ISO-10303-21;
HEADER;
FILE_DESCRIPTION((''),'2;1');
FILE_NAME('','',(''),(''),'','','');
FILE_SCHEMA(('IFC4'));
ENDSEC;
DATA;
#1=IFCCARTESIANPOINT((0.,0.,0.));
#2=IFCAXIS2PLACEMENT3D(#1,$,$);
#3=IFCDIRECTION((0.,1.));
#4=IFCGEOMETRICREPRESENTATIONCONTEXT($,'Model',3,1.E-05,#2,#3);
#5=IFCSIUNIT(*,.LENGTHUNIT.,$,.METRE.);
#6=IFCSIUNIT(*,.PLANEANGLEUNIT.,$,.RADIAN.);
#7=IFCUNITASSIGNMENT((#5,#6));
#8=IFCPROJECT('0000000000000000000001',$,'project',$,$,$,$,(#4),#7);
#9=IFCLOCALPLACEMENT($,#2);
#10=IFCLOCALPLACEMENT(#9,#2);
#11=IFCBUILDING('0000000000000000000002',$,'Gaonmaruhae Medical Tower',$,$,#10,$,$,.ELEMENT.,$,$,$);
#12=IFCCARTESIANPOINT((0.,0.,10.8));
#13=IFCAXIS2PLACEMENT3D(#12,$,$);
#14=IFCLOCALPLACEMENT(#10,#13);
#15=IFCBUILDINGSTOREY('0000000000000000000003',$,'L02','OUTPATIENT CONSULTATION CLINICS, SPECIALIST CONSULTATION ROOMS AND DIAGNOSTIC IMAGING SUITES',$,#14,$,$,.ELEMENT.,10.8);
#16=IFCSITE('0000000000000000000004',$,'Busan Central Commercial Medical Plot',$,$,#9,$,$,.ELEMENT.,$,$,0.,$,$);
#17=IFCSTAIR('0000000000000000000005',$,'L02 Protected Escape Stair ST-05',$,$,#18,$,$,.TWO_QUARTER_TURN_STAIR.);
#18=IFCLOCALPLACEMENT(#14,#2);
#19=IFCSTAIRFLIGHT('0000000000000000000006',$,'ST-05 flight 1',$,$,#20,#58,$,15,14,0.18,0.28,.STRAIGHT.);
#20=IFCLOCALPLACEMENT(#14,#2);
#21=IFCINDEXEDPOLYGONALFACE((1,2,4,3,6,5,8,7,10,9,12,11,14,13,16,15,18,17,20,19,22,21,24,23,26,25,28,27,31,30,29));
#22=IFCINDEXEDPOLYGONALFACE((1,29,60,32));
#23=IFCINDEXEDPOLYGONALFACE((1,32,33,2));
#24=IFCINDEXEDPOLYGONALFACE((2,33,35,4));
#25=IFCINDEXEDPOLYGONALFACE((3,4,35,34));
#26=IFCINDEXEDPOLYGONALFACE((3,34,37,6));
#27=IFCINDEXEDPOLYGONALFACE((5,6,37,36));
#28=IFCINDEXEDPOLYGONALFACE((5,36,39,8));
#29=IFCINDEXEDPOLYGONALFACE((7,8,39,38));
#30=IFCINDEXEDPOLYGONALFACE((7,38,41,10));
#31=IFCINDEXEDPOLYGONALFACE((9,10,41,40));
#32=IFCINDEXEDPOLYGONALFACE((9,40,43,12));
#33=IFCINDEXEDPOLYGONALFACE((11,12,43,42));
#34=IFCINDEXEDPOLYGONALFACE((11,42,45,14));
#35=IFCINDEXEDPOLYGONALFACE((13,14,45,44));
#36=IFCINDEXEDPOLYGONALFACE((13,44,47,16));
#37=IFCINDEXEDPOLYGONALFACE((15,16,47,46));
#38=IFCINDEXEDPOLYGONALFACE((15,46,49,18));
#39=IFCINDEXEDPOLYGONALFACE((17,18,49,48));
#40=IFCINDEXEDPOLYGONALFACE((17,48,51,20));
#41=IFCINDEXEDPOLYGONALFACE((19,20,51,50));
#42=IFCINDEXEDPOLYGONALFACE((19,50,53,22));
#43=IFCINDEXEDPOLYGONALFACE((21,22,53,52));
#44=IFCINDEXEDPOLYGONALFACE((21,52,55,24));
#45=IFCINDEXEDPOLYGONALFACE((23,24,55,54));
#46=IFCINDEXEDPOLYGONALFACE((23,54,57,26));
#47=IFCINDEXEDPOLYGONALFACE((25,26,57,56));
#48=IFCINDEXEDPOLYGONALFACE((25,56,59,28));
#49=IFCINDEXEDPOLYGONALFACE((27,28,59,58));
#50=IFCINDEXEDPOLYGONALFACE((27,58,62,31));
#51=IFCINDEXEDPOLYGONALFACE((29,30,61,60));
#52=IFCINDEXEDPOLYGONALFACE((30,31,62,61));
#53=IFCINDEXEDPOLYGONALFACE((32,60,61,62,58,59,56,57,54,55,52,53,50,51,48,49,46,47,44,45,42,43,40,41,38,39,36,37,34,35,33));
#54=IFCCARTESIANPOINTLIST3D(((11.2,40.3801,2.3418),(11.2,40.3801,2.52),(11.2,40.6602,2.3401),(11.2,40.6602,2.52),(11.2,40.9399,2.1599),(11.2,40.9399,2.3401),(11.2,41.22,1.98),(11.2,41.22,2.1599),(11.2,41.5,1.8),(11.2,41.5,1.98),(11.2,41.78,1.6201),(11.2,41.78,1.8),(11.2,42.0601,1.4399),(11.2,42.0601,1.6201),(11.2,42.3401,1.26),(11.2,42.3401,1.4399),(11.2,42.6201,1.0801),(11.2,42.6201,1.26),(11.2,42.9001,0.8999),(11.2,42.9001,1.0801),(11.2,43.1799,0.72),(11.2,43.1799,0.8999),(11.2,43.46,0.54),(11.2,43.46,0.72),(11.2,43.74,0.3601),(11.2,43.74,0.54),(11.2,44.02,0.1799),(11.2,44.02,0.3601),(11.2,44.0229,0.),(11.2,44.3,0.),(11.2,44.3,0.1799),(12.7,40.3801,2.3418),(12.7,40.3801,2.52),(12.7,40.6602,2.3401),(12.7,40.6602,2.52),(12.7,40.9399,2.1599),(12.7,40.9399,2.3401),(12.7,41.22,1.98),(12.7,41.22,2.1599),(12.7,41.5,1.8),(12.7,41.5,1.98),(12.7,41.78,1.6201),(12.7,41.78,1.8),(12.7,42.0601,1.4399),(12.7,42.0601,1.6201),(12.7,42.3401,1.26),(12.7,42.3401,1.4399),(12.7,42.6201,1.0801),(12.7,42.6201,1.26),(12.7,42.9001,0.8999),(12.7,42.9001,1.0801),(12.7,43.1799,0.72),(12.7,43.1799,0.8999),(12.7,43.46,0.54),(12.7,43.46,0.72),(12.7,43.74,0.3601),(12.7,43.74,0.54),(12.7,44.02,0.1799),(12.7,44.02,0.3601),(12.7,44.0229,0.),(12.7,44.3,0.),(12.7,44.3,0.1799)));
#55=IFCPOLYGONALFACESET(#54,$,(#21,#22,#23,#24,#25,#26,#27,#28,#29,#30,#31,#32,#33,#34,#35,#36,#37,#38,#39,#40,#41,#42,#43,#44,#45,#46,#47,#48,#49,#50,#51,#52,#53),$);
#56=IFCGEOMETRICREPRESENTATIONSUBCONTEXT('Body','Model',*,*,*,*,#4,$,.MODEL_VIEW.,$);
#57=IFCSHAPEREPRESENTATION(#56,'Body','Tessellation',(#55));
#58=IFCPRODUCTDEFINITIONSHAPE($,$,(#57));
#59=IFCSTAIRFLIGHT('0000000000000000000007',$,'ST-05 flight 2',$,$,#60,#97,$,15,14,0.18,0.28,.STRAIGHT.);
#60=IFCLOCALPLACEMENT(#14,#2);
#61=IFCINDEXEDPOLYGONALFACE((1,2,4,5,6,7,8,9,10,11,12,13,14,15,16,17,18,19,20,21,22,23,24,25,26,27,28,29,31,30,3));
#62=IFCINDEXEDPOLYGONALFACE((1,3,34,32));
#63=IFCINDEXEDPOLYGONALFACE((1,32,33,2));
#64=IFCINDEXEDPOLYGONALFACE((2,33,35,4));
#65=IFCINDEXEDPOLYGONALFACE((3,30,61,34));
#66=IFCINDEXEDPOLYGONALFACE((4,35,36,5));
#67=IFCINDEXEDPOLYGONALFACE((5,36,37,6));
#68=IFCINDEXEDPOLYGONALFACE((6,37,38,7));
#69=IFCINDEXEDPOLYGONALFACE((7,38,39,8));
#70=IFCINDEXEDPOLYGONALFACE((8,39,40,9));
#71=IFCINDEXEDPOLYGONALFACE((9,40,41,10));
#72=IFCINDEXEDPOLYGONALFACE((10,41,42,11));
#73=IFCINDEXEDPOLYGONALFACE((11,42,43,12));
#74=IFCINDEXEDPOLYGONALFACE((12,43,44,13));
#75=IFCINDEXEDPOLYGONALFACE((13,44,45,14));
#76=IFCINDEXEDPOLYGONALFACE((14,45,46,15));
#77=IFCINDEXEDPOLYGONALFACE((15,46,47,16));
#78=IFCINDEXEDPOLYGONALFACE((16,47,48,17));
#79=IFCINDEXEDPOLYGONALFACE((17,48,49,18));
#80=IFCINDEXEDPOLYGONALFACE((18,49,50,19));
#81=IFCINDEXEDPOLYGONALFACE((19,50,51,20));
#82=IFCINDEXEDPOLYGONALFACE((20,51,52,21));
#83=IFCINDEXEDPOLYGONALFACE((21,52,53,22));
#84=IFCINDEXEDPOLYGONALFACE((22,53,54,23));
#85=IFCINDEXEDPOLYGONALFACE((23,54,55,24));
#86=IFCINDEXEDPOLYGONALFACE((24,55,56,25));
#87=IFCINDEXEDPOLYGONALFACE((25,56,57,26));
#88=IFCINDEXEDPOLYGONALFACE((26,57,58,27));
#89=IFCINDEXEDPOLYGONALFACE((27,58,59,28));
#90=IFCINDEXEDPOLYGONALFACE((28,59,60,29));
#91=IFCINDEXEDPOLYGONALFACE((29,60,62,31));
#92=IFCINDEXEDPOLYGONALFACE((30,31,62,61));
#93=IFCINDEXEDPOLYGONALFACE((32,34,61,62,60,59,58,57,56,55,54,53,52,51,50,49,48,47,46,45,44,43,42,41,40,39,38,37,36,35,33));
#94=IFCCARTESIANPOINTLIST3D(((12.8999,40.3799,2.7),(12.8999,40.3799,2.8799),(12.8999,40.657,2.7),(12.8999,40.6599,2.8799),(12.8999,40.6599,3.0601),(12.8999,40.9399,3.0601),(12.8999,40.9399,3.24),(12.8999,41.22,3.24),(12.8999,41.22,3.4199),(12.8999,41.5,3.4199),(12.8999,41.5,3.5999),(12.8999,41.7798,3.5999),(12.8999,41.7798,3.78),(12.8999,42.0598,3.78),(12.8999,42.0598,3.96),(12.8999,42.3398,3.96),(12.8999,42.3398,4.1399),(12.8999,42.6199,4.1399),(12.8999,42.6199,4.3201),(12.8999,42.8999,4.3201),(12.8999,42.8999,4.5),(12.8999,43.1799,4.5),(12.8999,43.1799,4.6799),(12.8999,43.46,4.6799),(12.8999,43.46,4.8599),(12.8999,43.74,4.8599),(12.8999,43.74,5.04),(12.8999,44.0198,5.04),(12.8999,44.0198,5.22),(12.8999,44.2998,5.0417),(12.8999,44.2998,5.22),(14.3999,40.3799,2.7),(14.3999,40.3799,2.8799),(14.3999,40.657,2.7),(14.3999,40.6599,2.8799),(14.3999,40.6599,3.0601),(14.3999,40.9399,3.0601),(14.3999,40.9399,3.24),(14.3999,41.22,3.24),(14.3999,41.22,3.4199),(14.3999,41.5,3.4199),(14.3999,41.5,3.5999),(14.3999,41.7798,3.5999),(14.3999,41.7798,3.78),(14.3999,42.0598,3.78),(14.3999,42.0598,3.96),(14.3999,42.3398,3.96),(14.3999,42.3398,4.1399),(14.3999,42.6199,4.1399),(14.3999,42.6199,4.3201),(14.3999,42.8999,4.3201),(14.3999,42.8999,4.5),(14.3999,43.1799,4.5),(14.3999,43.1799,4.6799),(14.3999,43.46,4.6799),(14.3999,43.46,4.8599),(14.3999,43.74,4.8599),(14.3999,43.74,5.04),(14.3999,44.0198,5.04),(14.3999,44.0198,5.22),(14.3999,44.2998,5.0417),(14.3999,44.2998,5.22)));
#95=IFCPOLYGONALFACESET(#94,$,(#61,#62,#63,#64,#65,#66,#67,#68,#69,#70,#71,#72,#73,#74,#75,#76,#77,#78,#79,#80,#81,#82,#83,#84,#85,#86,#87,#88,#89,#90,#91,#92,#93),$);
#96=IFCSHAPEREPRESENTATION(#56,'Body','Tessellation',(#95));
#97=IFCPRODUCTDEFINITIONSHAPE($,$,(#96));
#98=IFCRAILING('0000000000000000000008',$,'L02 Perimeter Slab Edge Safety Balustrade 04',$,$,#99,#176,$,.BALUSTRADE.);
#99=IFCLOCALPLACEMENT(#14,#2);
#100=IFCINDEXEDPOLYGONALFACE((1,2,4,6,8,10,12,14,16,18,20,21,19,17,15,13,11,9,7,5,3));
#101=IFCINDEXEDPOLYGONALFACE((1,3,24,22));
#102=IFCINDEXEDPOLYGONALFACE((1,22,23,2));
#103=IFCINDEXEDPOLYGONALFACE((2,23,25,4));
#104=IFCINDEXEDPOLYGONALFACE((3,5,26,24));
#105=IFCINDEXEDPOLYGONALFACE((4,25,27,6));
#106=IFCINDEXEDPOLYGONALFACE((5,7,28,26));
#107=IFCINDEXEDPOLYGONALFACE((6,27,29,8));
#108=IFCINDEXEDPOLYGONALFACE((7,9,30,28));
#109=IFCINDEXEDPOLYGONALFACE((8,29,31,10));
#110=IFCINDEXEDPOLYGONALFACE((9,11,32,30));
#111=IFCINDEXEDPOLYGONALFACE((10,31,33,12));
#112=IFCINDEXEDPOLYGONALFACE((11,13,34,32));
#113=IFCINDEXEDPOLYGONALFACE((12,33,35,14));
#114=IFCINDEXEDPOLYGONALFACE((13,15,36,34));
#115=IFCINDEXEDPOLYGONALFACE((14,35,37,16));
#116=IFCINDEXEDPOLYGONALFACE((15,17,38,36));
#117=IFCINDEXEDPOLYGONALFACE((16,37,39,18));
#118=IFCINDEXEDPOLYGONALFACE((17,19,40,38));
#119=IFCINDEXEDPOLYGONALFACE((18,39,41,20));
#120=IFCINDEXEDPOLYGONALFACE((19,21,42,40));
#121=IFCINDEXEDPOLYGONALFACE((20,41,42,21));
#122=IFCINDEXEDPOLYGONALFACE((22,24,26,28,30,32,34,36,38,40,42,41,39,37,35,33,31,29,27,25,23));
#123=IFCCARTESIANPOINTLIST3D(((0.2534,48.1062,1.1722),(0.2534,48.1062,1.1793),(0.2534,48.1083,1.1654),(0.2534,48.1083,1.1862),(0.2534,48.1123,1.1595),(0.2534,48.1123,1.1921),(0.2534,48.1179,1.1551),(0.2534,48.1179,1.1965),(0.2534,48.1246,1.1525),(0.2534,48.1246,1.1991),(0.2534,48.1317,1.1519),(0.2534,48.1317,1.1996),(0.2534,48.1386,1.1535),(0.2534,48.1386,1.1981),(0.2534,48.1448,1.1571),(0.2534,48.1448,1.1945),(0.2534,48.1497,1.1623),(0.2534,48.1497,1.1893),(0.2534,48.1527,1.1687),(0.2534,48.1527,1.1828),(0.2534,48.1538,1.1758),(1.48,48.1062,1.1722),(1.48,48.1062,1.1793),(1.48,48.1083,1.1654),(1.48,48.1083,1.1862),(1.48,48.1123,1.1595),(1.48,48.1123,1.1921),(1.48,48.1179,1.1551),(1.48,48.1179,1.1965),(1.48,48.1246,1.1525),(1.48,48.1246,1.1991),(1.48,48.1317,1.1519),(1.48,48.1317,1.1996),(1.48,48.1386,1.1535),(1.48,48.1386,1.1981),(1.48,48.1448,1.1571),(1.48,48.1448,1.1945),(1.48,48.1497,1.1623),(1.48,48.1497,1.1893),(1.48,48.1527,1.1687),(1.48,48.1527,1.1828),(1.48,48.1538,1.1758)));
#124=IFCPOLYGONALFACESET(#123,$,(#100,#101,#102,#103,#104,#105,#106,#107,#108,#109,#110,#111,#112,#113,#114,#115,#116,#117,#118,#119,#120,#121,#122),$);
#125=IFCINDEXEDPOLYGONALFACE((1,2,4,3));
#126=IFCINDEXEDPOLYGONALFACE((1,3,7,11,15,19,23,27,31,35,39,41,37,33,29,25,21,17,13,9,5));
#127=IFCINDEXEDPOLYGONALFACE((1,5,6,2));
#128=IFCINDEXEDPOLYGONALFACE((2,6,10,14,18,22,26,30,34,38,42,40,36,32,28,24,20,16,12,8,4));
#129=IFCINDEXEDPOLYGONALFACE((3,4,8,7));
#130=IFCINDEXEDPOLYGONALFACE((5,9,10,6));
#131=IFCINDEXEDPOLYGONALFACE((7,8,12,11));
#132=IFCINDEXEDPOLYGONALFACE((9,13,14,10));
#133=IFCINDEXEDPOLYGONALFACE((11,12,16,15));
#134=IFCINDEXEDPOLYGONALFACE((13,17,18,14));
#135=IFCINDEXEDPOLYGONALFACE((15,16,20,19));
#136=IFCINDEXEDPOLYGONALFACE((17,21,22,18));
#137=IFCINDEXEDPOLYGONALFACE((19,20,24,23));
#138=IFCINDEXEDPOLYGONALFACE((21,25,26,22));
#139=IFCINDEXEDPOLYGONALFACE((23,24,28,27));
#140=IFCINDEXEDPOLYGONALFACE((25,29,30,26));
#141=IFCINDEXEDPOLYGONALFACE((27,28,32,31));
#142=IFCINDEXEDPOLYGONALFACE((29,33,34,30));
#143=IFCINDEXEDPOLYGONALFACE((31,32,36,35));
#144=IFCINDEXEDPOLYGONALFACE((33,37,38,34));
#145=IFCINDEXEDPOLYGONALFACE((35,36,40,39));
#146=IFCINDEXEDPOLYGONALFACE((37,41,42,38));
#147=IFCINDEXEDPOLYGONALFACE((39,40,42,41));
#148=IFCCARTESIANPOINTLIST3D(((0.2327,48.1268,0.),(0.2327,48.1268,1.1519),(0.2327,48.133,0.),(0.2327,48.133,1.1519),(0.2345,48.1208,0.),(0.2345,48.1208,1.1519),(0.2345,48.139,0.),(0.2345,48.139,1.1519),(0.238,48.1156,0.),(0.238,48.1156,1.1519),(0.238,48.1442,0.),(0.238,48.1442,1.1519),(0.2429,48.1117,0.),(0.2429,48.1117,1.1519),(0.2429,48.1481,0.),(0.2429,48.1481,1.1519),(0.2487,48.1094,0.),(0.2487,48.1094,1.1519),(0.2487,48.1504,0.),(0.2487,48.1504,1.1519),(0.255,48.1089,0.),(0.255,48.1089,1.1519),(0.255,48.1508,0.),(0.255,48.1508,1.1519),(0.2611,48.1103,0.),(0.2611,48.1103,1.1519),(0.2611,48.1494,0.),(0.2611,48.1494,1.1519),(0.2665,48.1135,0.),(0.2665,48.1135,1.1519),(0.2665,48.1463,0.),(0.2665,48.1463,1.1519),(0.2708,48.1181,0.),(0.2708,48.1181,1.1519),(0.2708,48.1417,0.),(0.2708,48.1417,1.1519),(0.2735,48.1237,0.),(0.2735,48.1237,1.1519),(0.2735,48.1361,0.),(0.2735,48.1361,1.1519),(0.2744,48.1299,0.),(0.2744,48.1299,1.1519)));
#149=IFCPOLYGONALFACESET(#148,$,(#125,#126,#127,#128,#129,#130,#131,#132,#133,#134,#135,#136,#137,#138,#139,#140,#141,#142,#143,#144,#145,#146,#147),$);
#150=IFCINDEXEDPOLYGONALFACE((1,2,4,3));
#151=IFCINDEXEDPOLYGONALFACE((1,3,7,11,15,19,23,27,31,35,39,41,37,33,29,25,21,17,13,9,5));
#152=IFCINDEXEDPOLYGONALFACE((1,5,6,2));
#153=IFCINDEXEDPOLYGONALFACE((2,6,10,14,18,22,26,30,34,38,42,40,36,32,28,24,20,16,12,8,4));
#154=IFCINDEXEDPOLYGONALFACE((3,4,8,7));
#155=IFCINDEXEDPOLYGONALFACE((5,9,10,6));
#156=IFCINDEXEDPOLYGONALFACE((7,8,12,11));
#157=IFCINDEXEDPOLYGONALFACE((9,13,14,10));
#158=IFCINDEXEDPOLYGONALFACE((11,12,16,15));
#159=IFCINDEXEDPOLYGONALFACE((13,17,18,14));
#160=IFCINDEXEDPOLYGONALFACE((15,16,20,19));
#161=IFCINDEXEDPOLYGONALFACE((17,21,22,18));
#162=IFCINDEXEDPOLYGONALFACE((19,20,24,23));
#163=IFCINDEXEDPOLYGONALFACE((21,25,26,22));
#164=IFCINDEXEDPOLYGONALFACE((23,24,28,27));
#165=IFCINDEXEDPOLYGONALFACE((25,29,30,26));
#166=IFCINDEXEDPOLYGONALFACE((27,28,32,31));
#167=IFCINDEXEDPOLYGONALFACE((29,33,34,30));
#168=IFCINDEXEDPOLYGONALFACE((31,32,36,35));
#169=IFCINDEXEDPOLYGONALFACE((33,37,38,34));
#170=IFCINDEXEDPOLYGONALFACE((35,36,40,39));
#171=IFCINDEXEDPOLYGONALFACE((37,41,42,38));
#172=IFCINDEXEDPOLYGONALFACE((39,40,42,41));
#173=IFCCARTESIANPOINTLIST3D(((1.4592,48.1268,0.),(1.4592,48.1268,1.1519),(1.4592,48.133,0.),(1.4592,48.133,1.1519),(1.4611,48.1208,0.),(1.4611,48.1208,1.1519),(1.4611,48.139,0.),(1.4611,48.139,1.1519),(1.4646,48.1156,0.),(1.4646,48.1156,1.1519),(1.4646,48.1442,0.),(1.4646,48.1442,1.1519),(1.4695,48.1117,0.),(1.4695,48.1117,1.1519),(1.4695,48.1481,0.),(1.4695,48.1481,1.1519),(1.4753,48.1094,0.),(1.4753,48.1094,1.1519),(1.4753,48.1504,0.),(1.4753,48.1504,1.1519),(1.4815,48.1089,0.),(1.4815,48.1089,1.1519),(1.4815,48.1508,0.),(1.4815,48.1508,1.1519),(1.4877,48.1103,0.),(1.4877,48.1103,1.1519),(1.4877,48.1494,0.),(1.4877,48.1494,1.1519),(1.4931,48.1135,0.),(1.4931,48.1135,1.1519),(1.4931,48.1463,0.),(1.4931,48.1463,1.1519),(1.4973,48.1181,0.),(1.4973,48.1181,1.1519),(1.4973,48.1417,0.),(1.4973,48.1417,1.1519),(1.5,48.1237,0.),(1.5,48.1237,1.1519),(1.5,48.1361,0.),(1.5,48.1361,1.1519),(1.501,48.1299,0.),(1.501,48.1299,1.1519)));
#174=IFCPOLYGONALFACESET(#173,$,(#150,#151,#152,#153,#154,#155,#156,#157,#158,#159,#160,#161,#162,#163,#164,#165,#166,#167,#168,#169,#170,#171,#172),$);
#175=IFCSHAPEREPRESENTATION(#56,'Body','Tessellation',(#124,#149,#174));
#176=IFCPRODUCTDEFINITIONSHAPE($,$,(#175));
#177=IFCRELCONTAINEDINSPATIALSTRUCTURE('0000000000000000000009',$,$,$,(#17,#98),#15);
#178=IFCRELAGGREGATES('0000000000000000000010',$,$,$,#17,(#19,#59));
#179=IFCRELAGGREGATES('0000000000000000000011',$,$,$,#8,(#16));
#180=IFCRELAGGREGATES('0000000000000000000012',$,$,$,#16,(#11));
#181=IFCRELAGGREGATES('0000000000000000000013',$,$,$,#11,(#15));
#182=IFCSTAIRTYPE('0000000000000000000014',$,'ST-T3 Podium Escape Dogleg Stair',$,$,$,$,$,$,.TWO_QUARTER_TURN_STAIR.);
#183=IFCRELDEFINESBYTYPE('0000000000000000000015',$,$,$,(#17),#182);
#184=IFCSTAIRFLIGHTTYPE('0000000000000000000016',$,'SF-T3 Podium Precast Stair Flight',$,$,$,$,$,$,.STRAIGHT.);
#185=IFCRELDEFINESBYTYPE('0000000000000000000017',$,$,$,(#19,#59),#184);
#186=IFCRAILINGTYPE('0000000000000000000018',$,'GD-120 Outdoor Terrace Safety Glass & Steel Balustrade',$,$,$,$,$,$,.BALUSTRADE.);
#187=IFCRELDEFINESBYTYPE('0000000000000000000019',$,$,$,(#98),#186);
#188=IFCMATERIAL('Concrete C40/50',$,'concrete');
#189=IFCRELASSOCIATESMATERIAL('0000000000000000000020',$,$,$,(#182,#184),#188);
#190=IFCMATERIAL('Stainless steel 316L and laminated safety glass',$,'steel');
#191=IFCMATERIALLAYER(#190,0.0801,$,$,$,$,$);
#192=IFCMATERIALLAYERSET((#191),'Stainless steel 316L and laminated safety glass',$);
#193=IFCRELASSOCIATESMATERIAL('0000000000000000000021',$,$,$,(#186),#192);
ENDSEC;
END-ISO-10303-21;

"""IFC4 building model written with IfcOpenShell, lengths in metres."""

from ifc_helpers import new_model, si_unit, direction, frame, origin, origin_2d, place, context, subcontext, project, spatial, polyline, circle, outline, extrude, material, layer, layer_set, type_object, element, aggregate, save


model = new_model("IFC4")

# Units and contexts
model_context = context("Model", 3, precision=1e-05, world=origin(), true_north=direction((0.0, 1.0)))
body_context = subcontext(model_context, "Body", "Model", "MODEL_VIEW")
ifc_project = project(units=[si_unit("LENGTHUNIT", "METRE"), si_unit("PLANEANGLEUNIT", "RADIAN")], contexts=[model_context])

# Site, building, storey
site_placement = place(None, origin())
site = spatial("IfcSite", under=ifc_project, at=site_placement, Name="Busan Central Commercial Medical Plot", CompositionType="ELEMENT", RefElevation=0.0)
building_placement = place(site_placement, origin())
building = spatial("IfcBuilding", under=site, at=building_placement, Name="Gaonmaruhae Medical Tower", CompositionType="ELEMENT")
storey_placement = place(building_placement, frame((0.0, 0.0, 10.8)))
storey = spatial("IfcBuildingStorey", under=building, at=storey_placement, Name="L02", Description="OUTPATIENT CONSULTATION CLINICS, SPECIALIST CONSULTATION ROOMS AND DIAGNOSTIC IMAGING SUITES", CompositionType="ELEMENT", Elevation=10.8)

# Stair, stair flights
ifc_material_1 = material(Name="Concrete C40/50", Category="concrete")
stair_type = type_object("IfcStairType", Name="ST-T3 Podium Escape Dogleg Stair", PredefinedType="TWO_QUARTER_TURN_STAIR", material=ifc_material_1)
stair_placement = place(storey_placement, origin())
stair = element("IfcStair", 1, at=stair_placement, inside=storey, type_object=stair_type, Name="L02 Protected Escape Stair ST-05", PredefinedType="TWO_QUARTER_TURN_STAIR")
stair_flight_type = type_object("IfcStairFlightType", Name="SF-T3 Podium Precast Stair Flight", PredefinedType="STRAIGHT", material=ifc_material_1)
stair_flight_1_placement = place(storey_placement, frame((11.95, 44.3, 0.0), z_axis=(0.0, 0.0, 1.0), x_axis=(0.0, -1.0, 0.0)))
stair_flight_1 = element("IfcStairFlight", 2, at=stair_flight_1_placement, type_object=stair_flight_type, Name="ST-05 flight 1", NumberOfRisers=15, NumberOfTreads=14, PredefinedType="STRAIGHT", RiserHeight=0.18, TreadLength=0.28, context=body_context, shape_type="SweptSolid", body=[
    extrude(outline(polyline([(0.0, 0.0), (0.0, 0.1799), (0.28, 0.1799), (0.28, 0.3601), (0.5601, 0.3601), (0.5601, 0.54), (0.8401, 0.54), (0.8401, 0.72), (1.1201, 0.72), (1.1201, 0.8999), (1.3999, 0.8999), (1.3999, 1.0801), (1.6799, 1.0801), (1.6799, 1.26), (1.96, 1.26), (1.96, 1.4399), (2.24, 1.4399), (2.24, 1.6201), (2.52, 1.6201), (2.52, 1.8), (2.8, 1.8), (2.8, 1.98), (3.0801, 1.98), (3.0801, 2.1599), (3.3601, 2.1599), (3.3601, 2.3401), (3.6399, 2.3401), (3.6399, 2.52), (3.9199, 2.52), (3.9199, 2.7), (3.9199, 2.3418), (0.2771, 0.0), (0.0, 0.0)])), frame((0.0, 0.75, 0.0), z_axis=(0.0, -1.0, 0.0), x_axis=(1.0, 0.0, 0.0)), (0.0, 0.0, 1.0), 1.5),
])
stair_flight_2_placement = place(storey_placement, frame((13.6499, 40.3799, 2.7), z_axis=(0.0, 0.0, 1.0), x_axis=(0.0, 1.0, 0.0)))
stair_flight_2 = element("IfcStairFlight", 3, at=stair_flight_2_placement, type_object=stair_flight_type, Name="ST-05 flight 2", NumberOfRisers=15, NumberOfTreads=14, PredefinedType="STRAIGHT", RiserHeight=0.18, TreadLength=0.28, context=body_context, shape_type="SweptSolid", body=[
    extrude(outline(polyline([(0.0, 0.0), (0.0, 0.1799), (0.28, 0.1799), (0.28, 0.3601), (0.5601, 0.3601), (0.5601, 0.54), (0.8401, 0.54), (0.8401, 0.72), (1.1201, 0.72), (1.1201, 0.8999), (1.3999, 0.8999), (1.3999, 1.0801), (1.6799, 1.0801), (1.6799, 1.26), (1.96, 1.26), (1.96, 1.4399), (2.24, 1.4399), (2.24, 1.6201), (2.52, 1.6201), (2.52, 1.8), (2.8, 1.8), (2.8, 1.98), (3.0801, 1.98), (3.0801, 2.1599), (3.3601, 2.1599), (3.3601, 2.3401), (3.6399, 2.3401), (3.6399, 2.52), (3.9199, 2.52), (3.9199, 2.7), (3.9199, 2.3418), (0.2771, 0.0), (0.0, 0.0)])), frame((0.0, 0.75, 0.0), z_axis=(0.0, -1.0, 0.0), x_axis=(1.0, 0.0, 0.0)), (0.0, 0.0, 1.0), 1.5),
])
aggregate(stair, [stair_flight_1, stair_flight_2])

# Railing
ifc_material_2 = material(Name="Stainless steel 316L and laminated safety glass", Category="steel")
ifc_layer_1 = layer(ifc_material_2, 0.0801)
ifc_layer_set_1 = layer_set([ifc_layer_1], Name="Stainless steel 316L and laminated safety glass")
railing_type_1 = type_object("IfcRailingType", Name="GD-120 Outdoor Terrace Safety Glass & Steel Balustrade", PredefinedType="BALUSTRADE", material=ifc_layer_set_1)
railing_1_placement = place(storey_placement, frame((0.2534, 48.1299, 0.0)))
element("IfcRailing", 4, at=railing_1_placement, inside=storey, type_object=railing_type_1, Name="L02 Perimeter Slab Edge Safety Balustrade 04", PredefinedType="BALUSTRADE", context=body_context, shape_type="SweptSolid", body=[
    extrude(circle(Radius=0.0239, at=origin_2d()), frame((0.0, 0.0, 1.1758), z_axis=(1.0, 0.0, 0.0), x_axis=(0.0, 1.0, 0.0)), (0.0, 0.0, 1.0), 1.2266),
    extrude(circle(Radius=0.021, at=origin_2d()), origin(), (0.0, 0.0, 1.0), 1.1519),
    extrude(circle(Radius=0.021, at=origin_2d()), frame((1.2266, 0.0, 0.0)), (0.0, 0.0, 1.0), 1.1519),
])

save(model, "model.ifc")
